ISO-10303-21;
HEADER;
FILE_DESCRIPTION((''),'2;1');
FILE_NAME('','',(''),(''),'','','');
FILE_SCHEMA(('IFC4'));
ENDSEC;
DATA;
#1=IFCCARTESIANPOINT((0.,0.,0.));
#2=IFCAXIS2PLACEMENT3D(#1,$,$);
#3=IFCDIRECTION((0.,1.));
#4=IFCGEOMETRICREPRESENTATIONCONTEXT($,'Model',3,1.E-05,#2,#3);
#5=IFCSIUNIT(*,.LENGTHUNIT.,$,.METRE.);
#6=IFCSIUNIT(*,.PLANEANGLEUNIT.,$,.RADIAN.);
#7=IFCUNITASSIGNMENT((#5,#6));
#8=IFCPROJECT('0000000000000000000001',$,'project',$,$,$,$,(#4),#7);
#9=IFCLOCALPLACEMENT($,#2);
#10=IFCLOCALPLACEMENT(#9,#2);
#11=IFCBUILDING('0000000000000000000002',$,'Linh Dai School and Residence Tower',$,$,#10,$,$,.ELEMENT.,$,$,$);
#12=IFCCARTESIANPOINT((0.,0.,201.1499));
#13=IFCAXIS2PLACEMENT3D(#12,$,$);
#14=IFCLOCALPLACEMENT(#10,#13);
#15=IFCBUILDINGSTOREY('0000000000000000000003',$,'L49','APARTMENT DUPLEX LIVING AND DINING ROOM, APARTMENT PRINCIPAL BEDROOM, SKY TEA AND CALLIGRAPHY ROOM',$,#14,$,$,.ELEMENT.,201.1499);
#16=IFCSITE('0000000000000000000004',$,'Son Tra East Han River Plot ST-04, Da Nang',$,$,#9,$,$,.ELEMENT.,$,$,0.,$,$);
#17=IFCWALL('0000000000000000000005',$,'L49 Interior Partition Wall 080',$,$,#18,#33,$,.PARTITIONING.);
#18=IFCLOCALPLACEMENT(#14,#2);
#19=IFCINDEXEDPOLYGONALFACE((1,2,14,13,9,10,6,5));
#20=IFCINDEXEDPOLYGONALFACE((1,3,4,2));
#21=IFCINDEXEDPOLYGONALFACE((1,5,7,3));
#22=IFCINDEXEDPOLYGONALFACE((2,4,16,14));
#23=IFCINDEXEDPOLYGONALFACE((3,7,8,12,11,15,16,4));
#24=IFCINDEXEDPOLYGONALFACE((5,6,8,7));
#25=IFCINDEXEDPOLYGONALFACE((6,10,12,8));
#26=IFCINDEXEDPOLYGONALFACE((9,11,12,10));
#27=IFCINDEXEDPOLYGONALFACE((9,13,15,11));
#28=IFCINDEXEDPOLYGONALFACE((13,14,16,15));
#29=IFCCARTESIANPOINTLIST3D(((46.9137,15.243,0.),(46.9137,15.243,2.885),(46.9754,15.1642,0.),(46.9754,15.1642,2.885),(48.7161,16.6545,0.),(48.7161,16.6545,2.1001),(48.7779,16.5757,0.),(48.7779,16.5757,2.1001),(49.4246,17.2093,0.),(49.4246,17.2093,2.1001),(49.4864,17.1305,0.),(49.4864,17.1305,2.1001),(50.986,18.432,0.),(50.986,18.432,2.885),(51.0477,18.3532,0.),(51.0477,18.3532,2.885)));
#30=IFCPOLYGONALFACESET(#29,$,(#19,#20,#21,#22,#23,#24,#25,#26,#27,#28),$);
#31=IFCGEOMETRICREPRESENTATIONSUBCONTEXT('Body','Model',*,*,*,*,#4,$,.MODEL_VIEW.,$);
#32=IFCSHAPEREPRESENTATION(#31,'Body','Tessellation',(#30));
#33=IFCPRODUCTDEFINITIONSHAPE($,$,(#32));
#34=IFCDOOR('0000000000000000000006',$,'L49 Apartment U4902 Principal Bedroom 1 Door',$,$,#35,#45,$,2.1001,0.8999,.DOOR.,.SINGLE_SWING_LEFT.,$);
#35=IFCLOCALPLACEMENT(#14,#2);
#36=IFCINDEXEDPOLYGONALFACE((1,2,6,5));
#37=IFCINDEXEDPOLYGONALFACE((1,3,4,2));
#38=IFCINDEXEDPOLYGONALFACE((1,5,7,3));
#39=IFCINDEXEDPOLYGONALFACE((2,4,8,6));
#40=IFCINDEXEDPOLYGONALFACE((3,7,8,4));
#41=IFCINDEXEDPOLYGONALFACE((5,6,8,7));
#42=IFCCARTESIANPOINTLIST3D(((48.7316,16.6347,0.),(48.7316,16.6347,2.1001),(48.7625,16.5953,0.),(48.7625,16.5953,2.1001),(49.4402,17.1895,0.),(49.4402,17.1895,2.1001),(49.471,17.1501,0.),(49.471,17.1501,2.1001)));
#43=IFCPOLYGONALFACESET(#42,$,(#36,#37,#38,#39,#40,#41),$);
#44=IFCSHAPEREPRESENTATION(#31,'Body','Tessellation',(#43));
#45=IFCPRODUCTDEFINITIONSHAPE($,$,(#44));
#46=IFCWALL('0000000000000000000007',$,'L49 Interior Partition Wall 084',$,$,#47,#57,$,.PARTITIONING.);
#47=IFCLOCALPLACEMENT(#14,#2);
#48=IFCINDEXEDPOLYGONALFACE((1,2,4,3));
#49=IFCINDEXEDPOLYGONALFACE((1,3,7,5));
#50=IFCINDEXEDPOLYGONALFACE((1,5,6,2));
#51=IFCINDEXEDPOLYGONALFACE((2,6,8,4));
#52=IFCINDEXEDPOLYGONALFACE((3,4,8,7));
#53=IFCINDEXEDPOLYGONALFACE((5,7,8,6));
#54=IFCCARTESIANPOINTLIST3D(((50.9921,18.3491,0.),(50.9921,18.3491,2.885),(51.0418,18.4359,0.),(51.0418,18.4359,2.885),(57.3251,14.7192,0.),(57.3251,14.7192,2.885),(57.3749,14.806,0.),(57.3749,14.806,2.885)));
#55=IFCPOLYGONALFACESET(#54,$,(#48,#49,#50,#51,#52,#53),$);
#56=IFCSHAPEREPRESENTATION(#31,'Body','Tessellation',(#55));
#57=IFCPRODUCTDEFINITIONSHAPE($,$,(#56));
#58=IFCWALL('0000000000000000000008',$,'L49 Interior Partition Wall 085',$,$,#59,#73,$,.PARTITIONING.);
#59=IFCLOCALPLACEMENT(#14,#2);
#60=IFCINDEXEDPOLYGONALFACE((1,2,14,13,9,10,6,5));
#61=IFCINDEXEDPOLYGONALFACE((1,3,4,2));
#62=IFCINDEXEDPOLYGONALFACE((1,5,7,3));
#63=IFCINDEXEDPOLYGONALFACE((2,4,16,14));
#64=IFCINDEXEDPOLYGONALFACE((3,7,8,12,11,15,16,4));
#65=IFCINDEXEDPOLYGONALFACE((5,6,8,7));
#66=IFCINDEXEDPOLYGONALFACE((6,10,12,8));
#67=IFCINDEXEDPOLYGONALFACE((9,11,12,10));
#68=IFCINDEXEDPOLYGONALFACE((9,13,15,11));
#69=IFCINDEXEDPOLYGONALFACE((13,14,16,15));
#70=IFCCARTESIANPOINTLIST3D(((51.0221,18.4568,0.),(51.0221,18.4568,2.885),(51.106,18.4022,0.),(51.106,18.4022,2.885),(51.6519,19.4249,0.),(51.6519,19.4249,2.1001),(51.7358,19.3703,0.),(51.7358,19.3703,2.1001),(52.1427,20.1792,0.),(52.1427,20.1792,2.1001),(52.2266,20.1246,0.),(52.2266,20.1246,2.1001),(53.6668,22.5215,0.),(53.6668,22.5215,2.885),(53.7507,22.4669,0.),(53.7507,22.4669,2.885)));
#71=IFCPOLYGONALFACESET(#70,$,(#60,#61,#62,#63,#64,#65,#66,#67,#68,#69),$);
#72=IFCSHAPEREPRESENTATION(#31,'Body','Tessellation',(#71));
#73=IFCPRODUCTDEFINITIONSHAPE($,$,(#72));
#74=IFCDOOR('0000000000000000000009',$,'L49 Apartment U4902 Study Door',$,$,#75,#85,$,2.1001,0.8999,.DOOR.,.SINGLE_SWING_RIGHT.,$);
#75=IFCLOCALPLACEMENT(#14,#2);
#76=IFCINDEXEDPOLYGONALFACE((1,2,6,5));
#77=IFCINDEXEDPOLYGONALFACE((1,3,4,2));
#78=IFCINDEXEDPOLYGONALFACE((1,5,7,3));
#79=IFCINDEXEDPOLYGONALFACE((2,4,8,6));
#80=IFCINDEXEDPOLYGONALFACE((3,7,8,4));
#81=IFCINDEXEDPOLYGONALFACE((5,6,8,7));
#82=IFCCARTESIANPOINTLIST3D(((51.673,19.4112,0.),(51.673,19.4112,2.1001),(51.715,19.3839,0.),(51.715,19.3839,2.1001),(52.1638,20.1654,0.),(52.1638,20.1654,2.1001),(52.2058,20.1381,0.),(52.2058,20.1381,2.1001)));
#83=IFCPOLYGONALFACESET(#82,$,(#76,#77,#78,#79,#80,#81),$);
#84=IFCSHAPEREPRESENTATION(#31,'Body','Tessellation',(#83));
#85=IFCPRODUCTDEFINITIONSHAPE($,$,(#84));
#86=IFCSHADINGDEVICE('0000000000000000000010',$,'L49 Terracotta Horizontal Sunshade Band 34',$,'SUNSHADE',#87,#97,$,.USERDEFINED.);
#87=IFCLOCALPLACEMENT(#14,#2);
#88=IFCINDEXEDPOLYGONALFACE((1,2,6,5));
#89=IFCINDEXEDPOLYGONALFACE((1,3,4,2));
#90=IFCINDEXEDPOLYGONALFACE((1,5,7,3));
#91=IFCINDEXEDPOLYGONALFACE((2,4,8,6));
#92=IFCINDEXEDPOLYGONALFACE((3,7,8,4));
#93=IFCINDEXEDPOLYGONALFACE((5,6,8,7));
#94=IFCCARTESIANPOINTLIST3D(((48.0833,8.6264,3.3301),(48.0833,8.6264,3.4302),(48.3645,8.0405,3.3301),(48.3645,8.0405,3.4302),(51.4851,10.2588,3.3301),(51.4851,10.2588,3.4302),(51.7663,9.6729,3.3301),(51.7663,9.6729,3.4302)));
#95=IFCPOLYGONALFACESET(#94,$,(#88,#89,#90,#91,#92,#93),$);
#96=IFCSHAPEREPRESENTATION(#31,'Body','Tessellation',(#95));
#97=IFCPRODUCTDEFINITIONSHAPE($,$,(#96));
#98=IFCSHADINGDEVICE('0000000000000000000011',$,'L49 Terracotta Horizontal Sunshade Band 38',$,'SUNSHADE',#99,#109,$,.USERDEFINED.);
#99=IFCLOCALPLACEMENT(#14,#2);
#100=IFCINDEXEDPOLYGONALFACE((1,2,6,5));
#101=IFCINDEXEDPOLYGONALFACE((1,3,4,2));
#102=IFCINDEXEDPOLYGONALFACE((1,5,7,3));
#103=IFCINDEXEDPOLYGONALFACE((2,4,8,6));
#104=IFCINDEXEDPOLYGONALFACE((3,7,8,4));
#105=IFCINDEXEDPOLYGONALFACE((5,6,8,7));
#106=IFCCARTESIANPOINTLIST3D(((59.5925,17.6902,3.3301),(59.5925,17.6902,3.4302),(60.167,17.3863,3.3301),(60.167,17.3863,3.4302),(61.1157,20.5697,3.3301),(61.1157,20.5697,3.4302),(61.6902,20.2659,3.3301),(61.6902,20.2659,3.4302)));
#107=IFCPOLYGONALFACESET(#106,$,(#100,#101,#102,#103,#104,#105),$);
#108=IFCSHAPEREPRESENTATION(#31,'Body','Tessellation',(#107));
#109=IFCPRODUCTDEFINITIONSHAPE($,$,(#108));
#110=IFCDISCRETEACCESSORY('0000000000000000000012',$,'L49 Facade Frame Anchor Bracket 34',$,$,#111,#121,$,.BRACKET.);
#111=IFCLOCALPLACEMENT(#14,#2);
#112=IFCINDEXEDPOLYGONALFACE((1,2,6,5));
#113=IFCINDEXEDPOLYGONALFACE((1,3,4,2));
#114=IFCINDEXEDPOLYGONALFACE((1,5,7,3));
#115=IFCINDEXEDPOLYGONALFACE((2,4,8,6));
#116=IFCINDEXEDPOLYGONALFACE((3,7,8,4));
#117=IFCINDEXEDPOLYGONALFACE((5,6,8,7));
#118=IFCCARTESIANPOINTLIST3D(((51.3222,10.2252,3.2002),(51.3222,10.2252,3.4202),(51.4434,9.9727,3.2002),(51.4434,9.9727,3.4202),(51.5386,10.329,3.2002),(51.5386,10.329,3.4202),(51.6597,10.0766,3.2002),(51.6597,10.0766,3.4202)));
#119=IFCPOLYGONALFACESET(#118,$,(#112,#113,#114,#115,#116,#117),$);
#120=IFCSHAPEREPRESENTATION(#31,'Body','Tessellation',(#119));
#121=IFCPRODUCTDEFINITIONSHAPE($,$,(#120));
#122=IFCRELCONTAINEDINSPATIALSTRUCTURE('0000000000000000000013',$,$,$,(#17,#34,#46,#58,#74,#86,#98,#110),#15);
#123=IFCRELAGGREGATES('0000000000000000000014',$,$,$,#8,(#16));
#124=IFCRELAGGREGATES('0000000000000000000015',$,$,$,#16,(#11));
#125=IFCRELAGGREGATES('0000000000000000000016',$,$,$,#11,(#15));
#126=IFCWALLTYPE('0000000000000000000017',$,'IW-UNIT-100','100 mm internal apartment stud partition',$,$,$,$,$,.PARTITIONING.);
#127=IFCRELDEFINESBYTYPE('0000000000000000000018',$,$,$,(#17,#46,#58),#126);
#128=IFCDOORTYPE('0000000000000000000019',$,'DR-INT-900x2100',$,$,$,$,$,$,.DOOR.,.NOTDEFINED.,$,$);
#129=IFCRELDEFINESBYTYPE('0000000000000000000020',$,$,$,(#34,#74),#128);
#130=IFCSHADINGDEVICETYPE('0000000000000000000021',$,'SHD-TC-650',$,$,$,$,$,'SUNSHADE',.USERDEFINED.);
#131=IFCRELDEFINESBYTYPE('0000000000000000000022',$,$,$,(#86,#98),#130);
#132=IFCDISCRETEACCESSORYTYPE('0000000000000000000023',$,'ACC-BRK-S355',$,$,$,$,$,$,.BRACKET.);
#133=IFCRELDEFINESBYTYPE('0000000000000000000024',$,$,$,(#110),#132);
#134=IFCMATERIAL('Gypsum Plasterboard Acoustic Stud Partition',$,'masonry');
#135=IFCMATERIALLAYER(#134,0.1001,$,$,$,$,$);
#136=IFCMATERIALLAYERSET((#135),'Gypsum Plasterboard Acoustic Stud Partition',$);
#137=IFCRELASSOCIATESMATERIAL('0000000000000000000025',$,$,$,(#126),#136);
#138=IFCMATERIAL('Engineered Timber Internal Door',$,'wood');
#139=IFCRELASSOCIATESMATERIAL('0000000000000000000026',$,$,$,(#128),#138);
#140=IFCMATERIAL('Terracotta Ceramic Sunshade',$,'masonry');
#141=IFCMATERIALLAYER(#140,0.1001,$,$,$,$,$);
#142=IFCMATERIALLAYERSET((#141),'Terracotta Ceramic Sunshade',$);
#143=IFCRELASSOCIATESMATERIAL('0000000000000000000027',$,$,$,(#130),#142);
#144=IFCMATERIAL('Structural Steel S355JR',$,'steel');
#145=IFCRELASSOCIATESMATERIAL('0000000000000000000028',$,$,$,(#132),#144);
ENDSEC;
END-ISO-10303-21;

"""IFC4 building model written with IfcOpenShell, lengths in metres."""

from ifc_helpers import new_model, si_unit, direction, frame, frame_2d, origin, origin_2d, place, context, subcontext, project, spatial, rectangle, extrude, source, transform, mapped, material, layer, layer_set, type_object, element, fill, save


model = new_model("IFC4")

# Units and contexts
model_context = context("Model", 3, precision=1e-05, world=origin(), true_north=direction((0.0, 1.0)))
body_context = subcontext(model_context, "Body", "Model", "MODEL_VIEW")
ifc_project = project(units=[si_unit("LENGTHUNIT", "METRE"), si_unit("PLANEANGLEUNIT", "RADIAN")], contexts=[model_context])

# Site, building, storey
site_placement = place(None, origin())
site = spatial("IfcSite", under=ifc_project, at=site_placement, Name="Son Tra East Han River Plot ST-04, Da Nang", CompositionType="ELEMENT", RefElevation=0.0)
building_placement = place(site_placement, origin())
building = spatial("IfcBuilding", under=site, at=building_placement, Name="Linh Dai School and Residence Tower", CompositionType="ELEMENT")
storey_placement = place(building_placement, frame((0.0, 0.0, 201.1499)))
storey = spatial("IfcBuildingStorey", under=building, at=storey_placement, Name="L49", Description="APARTMENT DUPLEX LIVING AND DINING ROOM, APARTMENT PRINCIPAL BEDROOM, SKY TEA AND CALLIGRAPHY ROOM", CompositionType="ELEMENT", Elevation=201.1499)

# Shared definitions
ifc_material_1 = material(Name="Structural Steel S355JR", Category="steel")

# Wall, opening, door
ifc_material_2 = material(Name="Gypsum Plasterboard Acoustic Stud Partition", Category="masonry")
ifc_layer_1 = layer(ifc_material_2, 0.1001)
ifc_layer_set_1 = layer_set([ifc_layer_1], Name="Gypsum Plasterboard Acoustic Stud Partition")
wall_type_1 = type_object("IfcWallType", Name="IW-UNIT-100", Description="100 mm internal apartment stud partition", PredefinedType="PARTITIONING", material=ifc_layer_set_1)
wall_1_placement = place(storey_placement, frame((46.9446, 15.2036, 0.0), z_axis=(0.0, 0.0, 1.0), x_axis=(0.78732, 0.616545, 0.0)))
wall_1 = element("IfcWall", 1, at=wall_1_placement, inside=storey, type_object=wall_type_1, Name="L49 Interior Partition Wall 080", PredefinedType="PARTITIONING", context=body_context, shape_type="SweptSolid", body=[
    extrude(rectangle(XDim=5.1724, YDim=0.1001, at=frame_2d((2.5862, 0.0))), origin(), (0.0, 0.0, 1.0), 2.885),
])
opening_1_placement = place(wall_1_placement, frame((2.2893, 0.0, 0.0)))
opening_1 = element("IfcOpeningElement", 2, at=opening_1_placement, cuts=wall_1, PredefinedType="OPENING", context=body_context, shape_type="SweptSolid", body=[
    extrude(rectangle(XDim=0.8999, YDim=2.1001, at=origin_2d()), frame((0.45, 0.0601, 1.05), z_axis=(0.0, -1.0, 0.0), x_axis=(1.0, 0.0, 0.0)), (0.0, 0.0, 1.0), 0.1201),
])
ifc_material_3 = material(Name="Engineered Timber Internal Door", Category="wood")
door_type = type_object("IfcDoorType", Name="DR-INT-900x2100", OperationType="NOTDEFINED", PredefinedType="DOOR", material=ifc_material_3)
shared_shape_1 = source(origin(), body_context, "Body", "SweptSolid", [
    extrude(rectangle(XDim=0.8999, YDim=2.1001, at=origin_2d()), frame((0.45, 0.0249, 1.05), z_axis=(0.0, -1.0, 0.0), x_axis=(1.0, 0.0, 0.0)), (0.0, 0.0, 1.0), 0.05),
])
door_1_placement = place(opening_1_placement, origin())
door_1 = element("IfcDoor", 3, at=door_1_placement, inside=storey, type_object=door_type, Name="L49 Apartment U4902 Principal Bedroom 1 Door", OperationType="SINGLE_SWING_LEFT", OverallHeight=2.1001, OverallWidth=0.8999, PredefinedType="DOOR", context=body_context, shape_type="MappedRepresentation", body=[
    mapped(shared_shape_1, transform((0.0, 0.0, 0.0), x_axis=(1.0, 0.0, 0.0), y_axis=(0.0, 1.0, 0.0), z_axis=(0.0, 0.0, 1.0), scale=1.0)),
])
fill(opening_1, door_1)

# Wall
wall_2_placement = place(storey_placement, frame((51.0168, 18.3926, 0.0), z_axis=(0.0, 0.0, 1.0), x_axis=(0.867592, -0.497277, 0.0)))
element("IfcWall", 4, at=wall_2_placement, inside=storey, type_object=wall_type_1, Name="L49 Interior Partition Wall 084", PredefinedType="PARTITIONING", context=body_context, shape_type="SweptSolid", body=[
    extrude(rectangle(XDim=7.2996, YDim=0.1001, at=frame_2d((3.6499, 0.0))), origin(), (0.0, 0.0, 1.0), 2.885),
])

# Wall, opening, door
wall_3_placement = place(storey_placement, frame((51.064, 18.4294, 0.0), z_axis=(0.0, 0.0, 1.0), x_axis=(0.545383, 0.838187, 0.0)))
wall_3 = element("IfcWall", 5, at=wall_3_placement, inside=storey, type_object=wall_type_1, Name="L49 Interior Partition Wall 085", PredefinedType="PARTITIONING", context=body_context, shape_type="SweptSolid", body=[
    extrude(rectangle(XDim=4.8494, YDim=0.1001, at=frame_2d((2.4248, 0.0))), origin(), (0.0, 0.0, 1.0), 2.885),
])
opening_2_placement = place(wall_3_placement, frame((1.155, 0.0, 0.0)))
opening_2 = element("IfcOpeningElement", 6, at=opening_2_placement, cuts=wall_3, PredefinedType="OPENING", context=body_context, shape_type="SweptSolid", body=[
    extrude(rectangle(XDim=0.8999, YDim=2.1001, at=origin_2d()), frame((0.45, 0.0601, 1.05), z_axis=(0.0, -1.0, 0.0), x_axis=(1.0, 0.0, 0.0)), (0.0, 0.0, 1.0), 0.1201),
])
door_2_placement = place(opening_2_placement, origin())
door_2 = element("IfcDoor", 7, at=door_2_placement, inside=storey, type_object=door_type, Name="L49 Apartment U4902 Study Door", OperationType="SINGLE_SWING_RIGHT", OverallHeight=2.1001, OverallWidth=0.8999, PredefinedType="DOOR", context=body_context, shape_type="MappedRepresentation", body=[
    mapped(shared_shape_1, transform((0.0, 0.0, 0.0), x_axis=(1.0, 0.0, 0.0), y_axis=(0.0, 1.0, 0.0), z_axis=(0.0, 0.0, 1.0), scale=1.0)),
])
fill(opening_2, door_2)

# Shading devices
ifc_material_4 = material(Name="Terracotta Ceramic Sunshade", Category="masonry")
ifc_layer_2 = layer(ifc_material_4, 0.1001)
ifc_layer_set_2 = layer_set([ifc_layer_2], Name="Terracotta Ceramic Sunshade")
shading_device_type = type_object("IfcShadingDeviceType", Name="SHD-TC-650", ElementType="SUNSHADE", PredefinedType="USERDEFINED", material=ifc_layer_set_2)
shared_shape_2 = source(origin(), body_context, "Body", "SweptSolid", [
    extrude(rectangle(XDim=3.7732, YDim=0.6499, at=origin_2d()), origin(), (0.0, 0.0, 1.0), 0.1001),
])
shading_device_1_placement = place(storey_placement, frame((49.9248, 9.1497, 3.3301), z_axis=(0.0, 0.0, 1.0), x_axis=(-0.901569, -0.432635, 0.0)))
element("IfcShadingDevice", 8, at=shading_device_1_placement, inside=storey, type_object=shading_device_type, Name="L49 Terracotta Horizontal Sunshade Band 34", ObjectType="SUNSHADE", PredefinedType="USERDEFINED", context=body_context, shape_type="MappedRepresentation", body=[
    mapped(shared_shape_2, transform((0.0, 0.0, 0.0), x_axis=(1.0, 0.0, 0.0), y_axis=(0.0, 1.0, 0.0), z_axis=(0.0, 0.0, 1.0), scale=1.0)),
])
shared_shape_3 = source(origin(), body_context, "Body", "SweptSolid", [
    extrude(rectangle(XDim=3.2576, YDim=0.6499, at=origin_2d()), origin(), (0.0, 0.0, 1.0), 0.1001),
])
shading_device_2_placement = place(storey_placement, frame((60.6414, 18.978, 3.3301), z_axis=(0.0, 0.0, 1.0), x_axis=(-0.46758, -0.883951, 0.0)))
element("IfcShadingDevice", 9, at=shading_device_2_placement, inside=storey, type_object=shading_device_type, Name="L49 Terracotta Horizontal Sunshade Band 38", ObjectType="SUNSHADE", PredefinedType="USERDEFINED", context=body_context, shape_type="MappedRepresentation", body=[
    mapped(shared_shape_3, transform((0.0, 0.0, 0.0), x_axis=(1.0, 0.0, 0.0), y_axis=(0.0, 1.0, 0.0), z_axis=(0.0, 0.0, 1.0), scale=1.0)),
])

# Discrete accessory
discrete_accessory_type = type_object("IfcDiscreteAccessoryType", Name="ACC-BRK-S355", PredefinedType="BRACKET", material=ifc_material_1)
shared_shape_4 = source(origin(), body_context, "Body", "SweptSolid", [
    extrude(rectangle(XDim=0.28, YDim=0.24, at=origin_2d()), origin(), (0.0, 0.0, 1.0), 0.22),
])
discrete_accessory_placement = place(storey_placement, frame((51.491, 10.1509, 3.2002), z_axis=(0.0, 0.0, 1.0), x_axis=(0.432635, -0.901569, 0.0)))
element("IfcDiscreteAccessory", 10, at=discrete_accessory_placement, inside=storey, type_object=discrete_accessory_type, Name="L49 Facade Frame Anchor Bracket 34", PredefinedType="BRACKET", context=body_context, shape_type="MappedRepresentation", body=[
    mapped(shared_shape_4, transform((0.0, 0.0, 0.0), x_axis=(1.0, 0.0, 0.0), y_axis=(0.0, 1.0, 0.0), z_axis=(0.0, 0.0, 1.0), scale=1.0)),
])

save(model, "model.ifc")
